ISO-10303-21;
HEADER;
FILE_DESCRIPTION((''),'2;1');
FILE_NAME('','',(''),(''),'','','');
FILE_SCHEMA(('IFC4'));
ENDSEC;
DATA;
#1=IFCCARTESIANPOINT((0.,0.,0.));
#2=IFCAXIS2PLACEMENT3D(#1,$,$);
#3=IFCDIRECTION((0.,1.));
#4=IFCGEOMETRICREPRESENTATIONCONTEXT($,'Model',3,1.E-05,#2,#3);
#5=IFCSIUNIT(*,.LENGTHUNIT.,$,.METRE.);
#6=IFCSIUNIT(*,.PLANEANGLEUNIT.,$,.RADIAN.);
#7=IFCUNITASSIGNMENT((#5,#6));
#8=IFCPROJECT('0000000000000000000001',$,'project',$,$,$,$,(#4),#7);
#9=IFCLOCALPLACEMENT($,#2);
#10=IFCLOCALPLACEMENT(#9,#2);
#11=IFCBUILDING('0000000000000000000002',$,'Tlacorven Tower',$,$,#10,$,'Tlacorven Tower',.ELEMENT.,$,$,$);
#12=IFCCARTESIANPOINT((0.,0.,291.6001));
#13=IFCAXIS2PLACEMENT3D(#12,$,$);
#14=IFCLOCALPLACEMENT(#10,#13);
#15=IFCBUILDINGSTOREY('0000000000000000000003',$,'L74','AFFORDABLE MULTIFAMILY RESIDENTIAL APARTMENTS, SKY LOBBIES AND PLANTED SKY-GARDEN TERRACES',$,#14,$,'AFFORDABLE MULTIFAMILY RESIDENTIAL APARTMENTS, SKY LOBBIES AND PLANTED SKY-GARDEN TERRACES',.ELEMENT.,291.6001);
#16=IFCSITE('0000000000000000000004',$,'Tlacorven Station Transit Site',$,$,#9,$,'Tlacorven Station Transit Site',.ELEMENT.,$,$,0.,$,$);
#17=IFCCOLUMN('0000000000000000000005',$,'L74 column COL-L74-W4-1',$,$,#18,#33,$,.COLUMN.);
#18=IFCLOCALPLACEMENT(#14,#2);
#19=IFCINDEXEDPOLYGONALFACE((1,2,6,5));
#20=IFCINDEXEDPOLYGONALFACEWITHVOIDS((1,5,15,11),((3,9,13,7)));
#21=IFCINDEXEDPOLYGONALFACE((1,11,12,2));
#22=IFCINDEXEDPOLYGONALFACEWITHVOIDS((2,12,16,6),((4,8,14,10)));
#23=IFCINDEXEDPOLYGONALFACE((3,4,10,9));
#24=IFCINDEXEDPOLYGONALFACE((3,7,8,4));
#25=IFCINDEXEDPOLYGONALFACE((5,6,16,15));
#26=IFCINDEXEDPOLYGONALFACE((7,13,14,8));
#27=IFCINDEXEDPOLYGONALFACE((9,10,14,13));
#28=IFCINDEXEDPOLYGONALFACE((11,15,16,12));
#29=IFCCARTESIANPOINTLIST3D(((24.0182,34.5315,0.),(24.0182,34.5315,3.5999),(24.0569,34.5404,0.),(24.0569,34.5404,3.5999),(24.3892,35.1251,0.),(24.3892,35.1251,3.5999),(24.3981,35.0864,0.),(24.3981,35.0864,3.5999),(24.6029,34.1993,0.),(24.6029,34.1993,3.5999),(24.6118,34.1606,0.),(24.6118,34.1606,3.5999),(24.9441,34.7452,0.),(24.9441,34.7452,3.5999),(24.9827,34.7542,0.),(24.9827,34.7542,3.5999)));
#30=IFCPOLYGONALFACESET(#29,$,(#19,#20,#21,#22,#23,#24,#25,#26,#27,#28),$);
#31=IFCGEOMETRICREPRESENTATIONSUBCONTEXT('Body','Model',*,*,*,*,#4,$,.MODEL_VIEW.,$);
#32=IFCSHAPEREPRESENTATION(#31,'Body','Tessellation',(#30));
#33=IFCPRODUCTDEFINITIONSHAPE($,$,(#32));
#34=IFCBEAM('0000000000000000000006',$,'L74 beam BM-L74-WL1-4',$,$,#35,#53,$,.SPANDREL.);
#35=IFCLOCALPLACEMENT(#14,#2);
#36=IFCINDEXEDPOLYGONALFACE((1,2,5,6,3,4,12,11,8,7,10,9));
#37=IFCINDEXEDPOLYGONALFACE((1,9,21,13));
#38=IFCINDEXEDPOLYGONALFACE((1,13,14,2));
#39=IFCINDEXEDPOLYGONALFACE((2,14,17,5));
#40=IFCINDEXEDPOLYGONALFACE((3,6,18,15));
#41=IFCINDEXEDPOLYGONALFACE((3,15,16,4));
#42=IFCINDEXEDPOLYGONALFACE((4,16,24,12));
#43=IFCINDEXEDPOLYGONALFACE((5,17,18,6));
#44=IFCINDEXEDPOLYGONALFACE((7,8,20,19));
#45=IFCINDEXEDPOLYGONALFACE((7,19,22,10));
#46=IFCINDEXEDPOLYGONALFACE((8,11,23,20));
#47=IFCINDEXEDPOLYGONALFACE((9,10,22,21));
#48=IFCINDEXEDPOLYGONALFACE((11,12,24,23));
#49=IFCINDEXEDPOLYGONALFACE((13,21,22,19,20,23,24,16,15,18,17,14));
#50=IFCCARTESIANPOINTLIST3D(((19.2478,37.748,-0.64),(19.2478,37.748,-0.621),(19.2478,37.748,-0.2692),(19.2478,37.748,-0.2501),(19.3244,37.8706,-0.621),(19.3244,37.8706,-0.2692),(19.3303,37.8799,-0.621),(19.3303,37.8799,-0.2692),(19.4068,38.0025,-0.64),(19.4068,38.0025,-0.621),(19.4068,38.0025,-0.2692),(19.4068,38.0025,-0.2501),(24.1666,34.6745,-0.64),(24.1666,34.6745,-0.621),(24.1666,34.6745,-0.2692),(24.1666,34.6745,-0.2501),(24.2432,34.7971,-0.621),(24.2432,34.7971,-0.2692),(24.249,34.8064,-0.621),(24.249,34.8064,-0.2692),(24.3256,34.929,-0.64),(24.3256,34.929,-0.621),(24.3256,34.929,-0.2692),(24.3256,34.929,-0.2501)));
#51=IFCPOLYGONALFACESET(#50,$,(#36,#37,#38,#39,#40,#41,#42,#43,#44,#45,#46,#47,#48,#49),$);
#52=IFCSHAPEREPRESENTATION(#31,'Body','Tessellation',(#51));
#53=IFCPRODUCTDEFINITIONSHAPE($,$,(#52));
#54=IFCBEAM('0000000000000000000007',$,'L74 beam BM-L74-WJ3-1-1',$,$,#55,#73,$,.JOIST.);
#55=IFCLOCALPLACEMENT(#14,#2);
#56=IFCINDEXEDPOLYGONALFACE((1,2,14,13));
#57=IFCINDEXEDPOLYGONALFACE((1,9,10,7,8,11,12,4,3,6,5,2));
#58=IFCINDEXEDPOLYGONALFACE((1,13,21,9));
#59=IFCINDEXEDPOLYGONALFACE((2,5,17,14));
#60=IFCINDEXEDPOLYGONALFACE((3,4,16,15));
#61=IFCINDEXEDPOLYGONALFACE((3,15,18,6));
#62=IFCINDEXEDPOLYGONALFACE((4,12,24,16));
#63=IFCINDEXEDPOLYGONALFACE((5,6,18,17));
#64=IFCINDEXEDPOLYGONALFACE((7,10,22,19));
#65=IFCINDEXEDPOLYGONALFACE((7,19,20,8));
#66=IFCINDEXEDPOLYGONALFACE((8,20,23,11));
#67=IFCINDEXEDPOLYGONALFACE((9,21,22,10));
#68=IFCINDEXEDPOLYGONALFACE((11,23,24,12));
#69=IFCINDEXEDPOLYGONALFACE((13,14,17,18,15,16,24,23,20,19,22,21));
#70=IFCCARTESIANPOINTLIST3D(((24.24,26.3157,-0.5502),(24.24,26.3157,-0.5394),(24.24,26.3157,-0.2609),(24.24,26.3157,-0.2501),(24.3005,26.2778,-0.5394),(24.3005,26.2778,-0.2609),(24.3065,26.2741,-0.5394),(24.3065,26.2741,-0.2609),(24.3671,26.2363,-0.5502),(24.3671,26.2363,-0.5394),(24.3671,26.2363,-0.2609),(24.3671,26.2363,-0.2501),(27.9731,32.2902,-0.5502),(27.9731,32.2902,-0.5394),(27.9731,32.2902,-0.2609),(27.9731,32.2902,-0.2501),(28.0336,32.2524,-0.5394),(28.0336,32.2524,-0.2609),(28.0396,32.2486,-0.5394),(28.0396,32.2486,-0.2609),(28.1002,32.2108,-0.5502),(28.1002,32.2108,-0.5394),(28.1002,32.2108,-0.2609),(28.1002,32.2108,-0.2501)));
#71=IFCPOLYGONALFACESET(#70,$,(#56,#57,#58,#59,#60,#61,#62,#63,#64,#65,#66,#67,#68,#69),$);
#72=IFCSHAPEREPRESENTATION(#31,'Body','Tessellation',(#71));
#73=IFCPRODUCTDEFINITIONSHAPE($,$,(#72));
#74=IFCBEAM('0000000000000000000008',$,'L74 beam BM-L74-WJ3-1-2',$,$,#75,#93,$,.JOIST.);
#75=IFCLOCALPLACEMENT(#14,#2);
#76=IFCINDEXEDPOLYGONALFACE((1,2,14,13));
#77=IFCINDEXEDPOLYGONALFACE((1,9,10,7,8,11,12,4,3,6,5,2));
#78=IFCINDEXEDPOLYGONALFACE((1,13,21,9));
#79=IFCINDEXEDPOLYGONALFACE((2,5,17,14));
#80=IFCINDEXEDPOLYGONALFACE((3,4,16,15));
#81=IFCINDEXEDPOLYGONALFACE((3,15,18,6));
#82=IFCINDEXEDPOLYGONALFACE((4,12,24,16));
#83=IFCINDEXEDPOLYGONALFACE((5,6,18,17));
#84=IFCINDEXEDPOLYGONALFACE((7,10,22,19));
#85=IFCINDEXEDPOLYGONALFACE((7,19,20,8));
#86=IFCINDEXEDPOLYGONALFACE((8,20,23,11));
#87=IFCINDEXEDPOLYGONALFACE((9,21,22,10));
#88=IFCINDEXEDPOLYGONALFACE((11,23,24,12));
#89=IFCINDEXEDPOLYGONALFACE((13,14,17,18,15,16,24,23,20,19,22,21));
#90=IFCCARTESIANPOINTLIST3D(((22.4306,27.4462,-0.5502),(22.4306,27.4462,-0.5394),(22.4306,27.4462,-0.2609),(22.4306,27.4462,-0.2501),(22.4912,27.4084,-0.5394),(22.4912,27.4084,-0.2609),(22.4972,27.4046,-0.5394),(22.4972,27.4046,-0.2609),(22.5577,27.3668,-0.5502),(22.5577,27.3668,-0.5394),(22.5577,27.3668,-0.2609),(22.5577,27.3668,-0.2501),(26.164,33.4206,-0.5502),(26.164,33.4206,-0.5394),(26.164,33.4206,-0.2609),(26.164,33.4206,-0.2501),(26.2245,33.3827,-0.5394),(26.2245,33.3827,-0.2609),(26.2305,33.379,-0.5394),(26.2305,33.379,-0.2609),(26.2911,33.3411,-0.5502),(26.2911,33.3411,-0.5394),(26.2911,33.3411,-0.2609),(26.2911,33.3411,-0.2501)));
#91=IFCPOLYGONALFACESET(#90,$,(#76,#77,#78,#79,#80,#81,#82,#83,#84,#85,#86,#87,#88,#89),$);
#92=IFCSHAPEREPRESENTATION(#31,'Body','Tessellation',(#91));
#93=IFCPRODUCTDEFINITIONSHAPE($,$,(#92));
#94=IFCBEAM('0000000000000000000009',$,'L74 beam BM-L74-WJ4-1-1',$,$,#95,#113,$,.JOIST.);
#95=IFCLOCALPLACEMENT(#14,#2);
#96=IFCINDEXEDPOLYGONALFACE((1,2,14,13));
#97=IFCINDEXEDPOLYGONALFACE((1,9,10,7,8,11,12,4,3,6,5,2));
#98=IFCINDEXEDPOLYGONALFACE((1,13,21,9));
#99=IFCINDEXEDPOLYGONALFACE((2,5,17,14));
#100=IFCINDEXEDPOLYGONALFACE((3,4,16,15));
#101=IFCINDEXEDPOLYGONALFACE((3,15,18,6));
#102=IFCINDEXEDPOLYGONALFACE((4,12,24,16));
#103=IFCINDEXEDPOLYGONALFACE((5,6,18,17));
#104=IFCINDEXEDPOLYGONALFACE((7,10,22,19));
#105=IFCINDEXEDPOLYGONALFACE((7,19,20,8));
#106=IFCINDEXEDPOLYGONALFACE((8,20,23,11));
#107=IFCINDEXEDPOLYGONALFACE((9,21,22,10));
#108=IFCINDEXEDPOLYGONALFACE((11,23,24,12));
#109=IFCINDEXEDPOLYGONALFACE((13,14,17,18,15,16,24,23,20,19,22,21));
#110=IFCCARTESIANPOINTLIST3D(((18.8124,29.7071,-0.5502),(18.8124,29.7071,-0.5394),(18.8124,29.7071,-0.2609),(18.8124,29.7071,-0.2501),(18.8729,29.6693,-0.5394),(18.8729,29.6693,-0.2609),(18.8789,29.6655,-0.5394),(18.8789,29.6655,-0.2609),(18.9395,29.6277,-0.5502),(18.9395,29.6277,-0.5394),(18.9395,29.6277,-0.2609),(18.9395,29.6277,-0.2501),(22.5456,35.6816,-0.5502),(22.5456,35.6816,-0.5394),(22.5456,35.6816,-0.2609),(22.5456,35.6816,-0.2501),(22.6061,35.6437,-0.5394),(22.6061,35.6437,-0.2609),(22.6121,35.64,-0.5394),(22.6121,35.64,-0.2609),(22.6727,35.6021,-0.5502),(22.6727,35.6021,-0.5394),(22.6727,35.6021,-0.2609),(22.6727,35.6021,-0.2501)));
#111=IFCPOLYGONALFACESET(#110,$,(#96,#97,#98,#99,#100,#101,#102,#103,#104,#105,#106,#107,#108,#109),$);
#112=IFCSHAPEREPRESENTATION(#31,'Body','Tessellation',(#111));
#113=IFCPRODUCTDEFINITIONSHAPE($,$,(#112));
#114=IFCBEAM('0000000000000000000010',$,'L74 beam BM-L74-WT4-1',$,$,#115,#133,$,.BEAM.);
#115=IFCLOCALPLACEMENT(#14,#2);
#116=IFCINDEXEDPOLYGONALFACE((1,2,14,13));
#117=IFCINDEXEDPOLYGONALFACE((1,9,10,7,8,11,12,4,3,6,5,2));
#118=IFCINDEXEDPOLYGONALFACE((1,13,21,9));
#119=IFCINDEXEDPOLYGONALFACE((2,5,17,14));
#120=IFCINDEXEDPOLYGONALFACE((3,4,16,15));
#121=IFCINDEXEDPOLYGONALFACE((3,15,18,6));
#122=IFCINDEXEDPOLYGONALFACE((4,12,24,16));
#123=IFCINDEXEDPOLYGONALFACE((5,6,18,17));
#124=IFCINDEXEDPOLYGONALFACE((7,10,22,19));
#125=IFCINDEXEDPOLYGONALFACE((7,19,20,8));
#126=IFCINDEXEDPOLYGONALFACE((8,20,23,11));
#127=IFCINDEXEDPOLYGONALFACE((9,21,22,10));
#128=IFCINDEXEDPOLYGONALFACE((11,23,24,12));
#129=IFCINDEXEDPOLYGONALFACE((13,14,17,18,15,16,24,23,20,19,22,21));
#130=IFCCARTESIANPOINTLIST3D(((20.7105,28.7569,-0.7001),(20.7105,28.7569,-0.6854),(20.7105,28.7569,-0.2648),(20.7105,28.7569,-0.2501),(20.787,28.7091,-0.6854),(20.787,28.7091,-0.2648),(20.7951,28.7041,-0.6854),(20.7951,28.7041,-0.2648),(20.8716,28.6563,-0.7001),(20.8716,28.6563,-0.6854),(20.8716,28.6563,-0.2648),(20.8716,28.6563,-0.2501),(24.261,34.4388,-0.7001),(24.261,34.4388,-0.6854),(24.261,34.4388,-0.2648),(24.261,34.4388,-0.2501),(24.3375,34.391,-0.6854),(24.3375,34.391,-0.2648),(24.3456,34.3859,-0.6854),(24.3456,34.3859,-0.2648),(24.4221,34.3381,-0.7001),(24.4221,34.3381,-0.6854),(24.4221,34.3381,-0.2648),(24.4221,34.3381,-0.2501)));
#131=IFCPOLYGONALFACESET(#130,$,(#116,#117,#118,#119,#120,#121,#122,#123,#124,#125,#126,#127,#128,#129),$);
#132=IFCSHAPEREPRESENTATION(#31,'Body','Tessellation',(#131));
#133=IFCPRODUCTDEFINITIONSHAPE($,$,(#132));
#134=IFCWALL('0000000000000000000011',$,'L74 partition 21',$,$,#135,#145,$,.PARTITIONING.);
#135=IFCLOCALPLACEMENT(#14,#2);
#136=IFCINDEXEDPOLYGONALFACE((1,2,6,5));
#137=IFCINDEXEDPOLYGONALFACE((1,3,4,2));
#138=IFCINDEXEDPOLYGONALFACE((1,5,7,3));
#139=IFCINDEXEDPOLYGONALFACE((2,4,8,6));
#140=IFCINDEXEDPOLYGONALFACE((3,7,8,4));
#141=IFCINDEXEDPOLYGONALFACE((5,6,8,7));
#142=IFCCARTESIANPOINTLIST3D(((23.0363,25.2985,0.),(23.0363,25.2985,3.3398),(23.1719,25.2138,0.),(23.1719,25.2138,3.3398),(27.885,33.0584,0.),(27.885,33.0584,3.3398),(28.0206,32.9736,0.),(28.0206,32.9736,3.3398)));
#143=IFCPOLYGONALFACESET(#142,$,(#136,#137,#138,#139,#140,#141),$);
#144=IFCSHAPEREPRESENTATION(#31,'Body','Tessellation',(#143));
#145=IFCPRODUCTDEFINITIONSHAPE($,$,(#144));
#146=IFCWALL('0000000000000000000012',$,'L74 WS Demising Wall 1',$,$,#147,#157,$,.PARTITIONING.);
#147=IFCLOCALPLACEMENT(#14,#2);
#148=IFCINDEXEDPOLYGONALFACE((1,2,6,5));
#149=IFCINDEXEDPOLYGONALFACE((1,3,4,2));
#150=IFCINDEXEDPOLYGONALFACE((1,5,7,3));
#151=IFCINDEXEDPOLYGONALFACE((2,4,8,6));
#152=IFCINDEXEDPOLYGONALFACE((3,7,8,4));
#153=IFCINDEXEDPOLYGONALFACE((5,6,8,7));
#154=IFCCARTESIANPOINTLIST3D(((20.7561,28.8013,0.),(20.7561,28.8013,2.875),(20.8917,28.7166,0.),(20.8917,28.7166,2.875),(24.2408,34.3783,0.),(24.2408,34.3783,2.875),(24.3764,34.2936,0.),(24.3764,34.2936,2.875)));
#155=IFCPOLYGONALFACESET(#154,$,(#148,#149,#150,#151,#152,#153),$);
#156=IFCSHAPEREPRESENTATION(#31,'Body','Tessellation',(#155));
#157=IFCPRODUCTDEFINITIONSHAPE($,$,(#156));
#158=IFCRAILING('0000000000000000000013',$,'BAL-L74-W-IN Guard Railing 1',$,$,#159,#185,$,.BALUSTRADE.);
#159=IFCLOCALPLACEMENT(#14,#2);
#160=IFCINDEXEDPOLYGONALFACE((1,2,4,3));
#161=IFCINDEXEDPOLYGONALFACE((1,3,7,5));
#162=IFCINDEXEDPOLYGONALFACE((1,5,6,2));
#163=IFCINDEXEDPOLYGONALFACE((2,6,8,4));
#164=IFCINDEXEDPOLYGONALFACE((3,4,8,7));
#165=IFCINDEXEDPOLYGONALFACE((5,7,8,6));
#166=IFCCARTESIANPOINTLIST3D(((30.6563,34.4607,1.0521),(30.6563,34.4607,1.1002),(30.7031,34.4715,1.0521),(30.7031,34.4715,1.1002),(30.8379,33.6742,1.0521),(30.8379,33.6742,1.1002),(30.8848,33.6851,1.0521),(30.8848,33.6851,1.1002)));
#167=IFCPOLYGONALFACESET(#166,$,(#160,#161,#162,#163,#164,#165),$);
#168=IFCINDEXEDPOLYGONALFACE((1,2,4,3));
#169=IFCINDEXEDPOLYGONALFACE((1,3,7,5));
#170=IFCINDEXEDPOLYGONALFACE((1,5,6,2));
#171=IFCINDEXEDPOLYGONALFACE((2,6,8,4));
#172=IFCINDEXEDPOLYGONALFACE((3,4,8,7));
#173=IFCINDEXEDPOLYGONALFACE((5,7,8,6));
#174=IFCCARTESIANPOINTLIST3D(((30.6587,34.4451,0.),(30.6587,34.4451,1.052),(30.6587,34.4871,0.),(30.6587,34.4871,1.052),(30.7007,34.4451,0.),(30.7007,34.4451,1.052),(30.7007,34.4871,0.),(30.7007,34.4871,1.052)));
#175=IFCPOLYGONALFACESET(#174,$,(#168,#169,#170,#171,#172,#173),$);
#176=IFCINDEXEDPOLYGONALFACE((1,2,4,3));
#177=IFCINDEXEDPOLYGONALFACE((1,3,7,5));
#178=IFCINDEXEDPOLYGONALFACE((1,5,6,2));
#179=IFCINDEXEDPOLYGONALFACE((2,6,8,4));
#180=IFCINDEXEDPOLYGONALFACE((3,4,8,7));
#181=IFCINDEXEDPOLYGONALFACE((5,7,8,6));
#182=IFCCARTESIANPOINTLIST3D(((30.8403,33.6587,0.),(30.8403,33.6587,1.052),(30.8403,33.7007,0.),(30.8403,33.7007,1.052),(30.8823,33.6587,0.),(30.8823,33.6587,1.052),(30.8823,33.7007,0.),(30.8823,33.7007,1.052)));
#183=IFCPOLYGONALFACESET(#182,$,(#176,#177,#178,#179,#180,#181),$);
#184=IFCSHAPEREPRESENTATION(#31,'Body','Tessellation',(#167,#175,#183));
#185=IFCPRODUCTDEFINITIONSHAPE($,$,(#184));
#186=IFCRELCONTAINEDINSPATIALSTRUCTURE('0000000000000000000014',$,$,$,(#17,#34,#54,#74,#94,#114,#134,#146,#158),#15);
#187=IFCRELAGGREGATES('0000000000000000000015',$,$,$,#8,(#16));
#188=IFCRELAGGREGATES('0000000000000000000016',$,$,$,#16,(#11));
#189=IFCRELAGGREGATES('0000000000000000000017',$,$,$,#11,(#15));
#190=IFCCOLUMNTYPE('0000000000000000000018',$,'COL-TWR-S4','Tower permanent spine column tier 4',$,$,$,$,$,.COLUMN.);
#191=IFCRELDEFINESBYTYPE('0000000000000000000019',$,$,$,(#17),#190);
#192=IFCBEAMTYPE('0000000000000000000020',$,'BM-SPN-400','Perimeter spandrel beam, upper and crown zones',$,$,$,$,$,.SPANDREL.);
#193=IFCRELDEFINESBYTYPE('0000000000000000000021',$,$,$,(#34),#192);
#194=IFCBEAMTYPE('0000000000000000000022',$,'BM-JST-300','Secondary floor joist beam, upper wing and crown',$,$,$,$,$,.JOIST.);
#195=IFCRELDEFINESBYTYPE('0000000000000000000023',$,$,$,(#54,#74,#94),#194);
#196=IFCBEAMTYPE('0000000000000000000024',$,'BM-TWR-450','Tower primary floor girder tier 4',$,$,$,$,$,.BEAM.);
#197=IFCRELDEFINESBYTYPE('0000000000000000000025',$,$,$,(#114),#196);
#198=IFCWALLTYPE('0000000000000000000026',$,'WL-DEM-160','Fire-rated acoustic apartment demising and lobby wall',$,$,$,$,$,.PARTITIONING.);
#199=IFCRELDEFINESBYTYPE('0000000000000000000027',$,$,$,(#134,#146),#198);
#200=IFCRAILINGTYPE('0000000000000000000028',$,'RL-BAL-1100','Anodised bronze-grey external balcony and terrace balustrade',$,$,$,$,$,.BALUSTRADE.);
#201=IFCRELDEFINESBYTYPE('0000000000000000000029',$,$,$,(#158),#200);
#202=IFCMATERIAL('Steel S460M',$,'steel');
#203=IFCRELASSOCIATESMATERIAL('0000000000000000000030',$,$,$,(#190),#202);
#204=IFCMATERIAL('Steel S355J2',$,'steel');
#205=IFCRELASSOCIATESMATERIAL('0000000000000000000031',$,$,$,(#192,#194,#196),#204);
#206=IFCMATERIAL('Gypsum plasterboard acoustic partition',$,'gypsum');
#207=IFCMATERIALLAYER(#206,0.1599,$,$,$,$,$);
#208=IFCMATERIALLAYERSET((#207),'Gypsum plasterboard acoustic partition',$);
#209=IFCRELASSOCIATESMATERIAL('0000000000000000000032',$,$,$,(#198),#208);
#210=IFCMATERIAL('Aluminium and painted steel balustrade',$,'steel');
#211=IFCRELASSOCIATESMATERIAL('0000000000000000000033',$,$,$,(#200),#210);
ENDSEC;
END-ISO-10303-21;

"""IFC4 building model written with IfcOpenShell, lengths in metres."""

from ifc_helpers import new_model, si_unit, direction, frame, frame_2d, origin, origin_2d, place, context, subcontext, project, spatial, rectangle, hollow_rectangle, i_section, extrude, source, transform, mapped, material, layer, layer_set, material_profile, profile_set, type_object, element, save


model = new_model("IFC4")

# Units and contexts
model_context = context("Model", 3, precision=1e-05, world=origin(), true_north=direction((0.0, 1.0)))
body_context = subcontext(model_context, "Body", "Model", "MODEL_VIEW")
ifc_project = project(units=[si_unit("LENGTHUNIT", "METRE"), si_unit("PLANEANGLEUNIT", "RADIAN")], contexts=[model_context])

# Site, building, storey
site_placement = place(None, origin())
site = spatial("IfcSite", under=ifc_project, at=site_placement, Name="Tlacorven Station Transit Site", LongName="Tlacorven Station Transit Site", CompositionType="ELEMENT", RefElevation=0.0)
building_placement = place(site_placement, origin())
building = spatial("IfcBuilding", under=site, at=building_placement, Name="Tlacorven Tower", LongName="Tlacorven Tower", CompositionType="ELEMENT")
storey_placement = place(building_placement, frame((0.0, 0.0, 291.6001)))
storey = spatial("IfcBuildingStorey", under=building, at=storey_placement, Name="L74", Description="AFFORDABLE MULTIFAMILY RESIDENTIAL APARTMENTS, SKY LOBBIES AND PLANTED SKY-GARDEN TERRACES", LongName="AFFORDABLE MULTIFAMILY RESIDENTIAL APARTMENTS, SKY LOBBIES AND PLANTED SKY-GARDEN TERRACES", CompositionType="ELEMENT", Elevation=291.6001)

# Column
ifc_material_1 = material(Name="Steel S460M", Category="steel")
ifc_material_profile_1 = material_profile(ifc_material_1, hollow_rectangle(XDim=0.7, YDim=0.7, WallThickness=0.0281, at=origin_2d()), Name="BOX 700X700X28")
ifc_profile_set_1 = profile_set([ifc_material_profile_1], Name="Steel S460M")
column_type = type_object("IfcColumnType", Name="COL-TWR-S4", Description="Tower permanent spine column tier 4", PredefinedType="COLUMN", material=ifc_profile_set_1)
shared_shape_1 = source(origin(), body_context, "Body", "SweptSolid", [
    extrude(hollow_rectangle(XDim=0.7, YDim=0.7, WallThickness=0.0281, at=origin_2d()), origin(), (0.0, 0.0, 1.0), 3.5999),
])
column_placement = place(storey_placement, frame((24.5005, 34.6428, 0.0), z_axis=(0.0, 0.0, 1.0), x_axis=(-0.848048, 0.529919, 0.0)))
element("IfcColumn", 1, at=column_placement, inside=storey, type_object=column_type, Name="L74 column COL-L74-W4-1", PredefinedType="COLUMN", context=body_context, shape_type="MappedRepresentation", body=[
    mapped(shared_shape_1, transform((0.0, 0.0, 0.0), scale=1.0)),
])

# Beams
ifc_material_2 = material(Name="Steel S355J2", Category="steel")
ifc_material_profile_2 = material_profile(ifc_material_2, i_section(OverallWidth=0.3, OverallDepth=0.3899, WebThickness=0.011, FlangeThickness=0.019, at=origin_2d()), Name="HEA 400")
ifc_profile_set_2 = profile_set([ifc_material_profile_2], Name="Steel S355J2")
beam_type_1 = type_object("IfcBeamType", Name="BM-SPN-400", Description="Perimeter spandrel beam, upper and crown zones", PredefinedType="SPANDREL", material=ifc_profile_set_2)
shared_shape_2 = source(origin(), body_context, "Body", "SweptSolid", [
    extrude(i_section(OverallWidth=0.3, OverallDepth=0.3899, WebThickness=0.011, FlangeThickness=0.019, at=origin_2d()), origin(), (0.0, 0.0, 1.0), 5.8),
])
beam_1_placement = place(storey_placement, frame((24.2461, 34.8018, -0.4451), z_axis=(-0.848053, 0.529912, 0.0), x_axis=(-0.529912, -0.848053, 0.0)))
element("IfcBeam", 2, at=beam_1_placement, inside=storey, type_object=beam_type_1, Name="L74 beam BM-L74-WL1-4", PredefinedType="SPANDREL", context=body_context, shape_type="MappedRepresentation", body=[
    mapped(shared_shape_2, transform((0.0, 0.0, 0.0), scale=1.0)),
])
ifc_material_profile_3 = material_profile(ifc_material_2, i_section(OverallWidth=0.1499, OverallDepth=0.3, WebThickness=0.0071, FlangeThickness=0.0107, at=origin_2d()), Name="IPE 300")
ifc_profile_set_3 = profile_set([ifc_material_profile_3], Name="Steel S355J2")
beam_type_2 = type_object("IfcBeamType", Name="BM-JST-300", Description="Secondary floor joist beam, upper wing and crown", PredefinedType="JOIST", material=ifc_profile_set_3)
shared_shape_3 = source(origin(), body_context, "Body", "SweptSolid", [
    extrude(i_section(OverallWidth=0.1499, OverallDepth=0.3, WebThickness=0.0071, FlangeThickness=0.0107, at=origin_2d()), origin(), (0.0, 0.0, 1.0), 7.0449),
])
for number, where, z_axis, x_axis, name in (
    (3, (28.0366, 32.2505, -0.4001), (-0.529899, -0.848061, 0.0), (0.848061, -0.529899, 0.0), "L74 beam BM-L74-WJ3-1-1"),
    (4, (26.2275, 33.3809, -0.4001), (-0.52994, -0.848035, 0.0), (0.848035, -0.52994, 0.0), "L74 beam BM-L74-WJ3-1-2"),
    (5, (22.6091, 35.6418, -0.4001), (-0.529915, -0.848051, 0.0), (0.848051, -0.529915, 0.0), "L74 beam BM-L74-WJ4-1-1"),
):
    element("IfcBeam", number, at=place(storey_placement, frame(where, z_axis=z_axis, x_axis=x_axis)), inside=storey, type_object=beam_type_2, Name=name, PredefinedType="JOIST", context=body_context, shape_type="MappedRepresentation", body=[
        mapped(shared_shape_3, transform((0.0, 0.0, 0.0), scale=1.0)),
    ])
ifc_material_profile_4 = material_profile(ifc_material_2, i_section(OverallWidth=0.1899, OverallDepth=0.45, WebThickness=0.0095, FlangeThickness=0.0146, at=origin_2d()), Name="IPE 450")
ifc_profile_set_4 = profile_set([ifc_material_profile_4], Name="Steel S355J2")
beam_type_3 = type_object("IfcBeamType", Name="BM-TWR-450", Description="Tower primary floor girder tier 4", PredefinedType="BEAM", material=ifc_profile_set_4)
shared_shape_4 = source(origin(), body_context, "Body", "SweptSolid", [
    extrude(i_section(OverallWidth=0.1899, OverallDepth=0.45, WebThickness=0.0095, FlangeThickness=0.0146, at=origin_2d()), origin(), (0.0, 0.0, 1.0), 6.7),
])
beam_2_placement = place(storey_placement, frame((24.3416, 34.3884, -0.4751), z_axis=(-0.52993, -0.848041, 0.0), x_axis=(0.848041, -0.52993, 0.0)))
element("IfcBeam", 6, at=beam_2_placement, inside=storey, type_object=beam_type_3, Name="L74 beam BM-L74-WT4-1", PredefinedType="BEAM", context=body_context, shape_type="MappedRepresentation", body=[
    mapped(shared_shape_4, transform((0.0, 0.0, 0.0), scale=1.0)),
])

# Walls
ifc_material_3 = material(Name="Gypsum plasterboard acoustic partition", Category="gypsum")
ifc_layer_1 = layer(ifc_material_3, 0.1599)
ifc_layer_set_1 = layer_set([ifc_layer_1], Name="Gypsum plasterboard acoustic partition")
wall_type = type_object("IfcWallType", Name="WL-DEM-160", Description="Fire-rated acoustic apartment demising and lobby wall", PredefinedType="PARTITIONING", material=ifc_layer_set_1)
wall_1_placement = place(storey_placement, frame((27.9529, 33.0161, 0.0), z_axis=(0.0, 0.0, 1.0), x_axis=(-0.529903, -0.848058, 0.0)))
element("IfcWall", 7, at=wall_1_placement, inside=storey, type_object=wall_type, Name="L74 partition 21", PredefinedType="PARTITIONING", context=body_context, shape_type="SweptSolid", body=[
    extrude(rectangle(XDim=9.1501, YDim=0.1599, at=frame_2d((4.5752, 0.0))), origin(), (0.0, 0.0, 1.0), 3.3398),
])
wall_2_placement = place(storey_placement, frame((24.3086, 34.3359, 0.0), z_axis=(0.0, 0.0, 1.0), x_axis=(-0.529895, -0.848063, 0.0)))
element("IfcWall", 8, at=wall_2_placement, inside=storey, type_object=wall_type, Name="L74 WS Demising Wall 1", PredefinedType="PARTITIONING", context=body_context, shape_type="SweptSolid", body=[
    extrude(rectangle(XDim=6.5762, YDim=0.1599, at=frame_2d((3.2881, 0.0))), origin(), (0.0, 0.0, 1.0), 2.875),
])

# Railing
ifc_material_4 = material(Name="Aluminium and painted steel balustrade", Category="steel")
railing_type = type_object("IfcRailingType", Name="RL-BAL-1100", Description="Anodised bronze-grey external balcony and terrace balustrade", PredefinedType="BALUSTRADE", material=ifc_material_4)
shared_shape_5 = source(origin(), body_context, "Body", "SweptSolid", [
    extrude(rectangle(XDim=0.0481, YDim=0.0481, at=origin_2d()), frame((0.0, 0.0, 1.0762), z_axis=(0.225058, -0.974345, 0.0), x_axis=(0.974345, 0.225058, 0.0)), (0.0, 0.0, 1.0), 0.8071),
    extrude(rectangle(XDim=0.042, YDim=0.042, at=origin_2d()), origin(), (0.0, 0.0, 1.0), 1.052),
    extrude(rectangle(XDim=0.042, YDim=0.042, at=origin_2d()), frame((0.1816, -0.7864, 0.0)), (0.0, 0.0, 1.0), 1.052),
])
railing_1_placement = place(storey_placement, frame((30.6797, 34.4661, 0.0)))
element("IfcRailing", 9, at=railing_1_placement, inside=storey, type_object=railing_type, Name="BAL-L74-W-IN Guard Railing 1", PredefinedType="BALUSTRADE", context=body_context, shape_type="MappedRepresentation", body=[
    mapped(shared_shape_5, transform((0.0, 0.0, 0.0), scale=1.0)),
])

save(model, "model.ifc")
